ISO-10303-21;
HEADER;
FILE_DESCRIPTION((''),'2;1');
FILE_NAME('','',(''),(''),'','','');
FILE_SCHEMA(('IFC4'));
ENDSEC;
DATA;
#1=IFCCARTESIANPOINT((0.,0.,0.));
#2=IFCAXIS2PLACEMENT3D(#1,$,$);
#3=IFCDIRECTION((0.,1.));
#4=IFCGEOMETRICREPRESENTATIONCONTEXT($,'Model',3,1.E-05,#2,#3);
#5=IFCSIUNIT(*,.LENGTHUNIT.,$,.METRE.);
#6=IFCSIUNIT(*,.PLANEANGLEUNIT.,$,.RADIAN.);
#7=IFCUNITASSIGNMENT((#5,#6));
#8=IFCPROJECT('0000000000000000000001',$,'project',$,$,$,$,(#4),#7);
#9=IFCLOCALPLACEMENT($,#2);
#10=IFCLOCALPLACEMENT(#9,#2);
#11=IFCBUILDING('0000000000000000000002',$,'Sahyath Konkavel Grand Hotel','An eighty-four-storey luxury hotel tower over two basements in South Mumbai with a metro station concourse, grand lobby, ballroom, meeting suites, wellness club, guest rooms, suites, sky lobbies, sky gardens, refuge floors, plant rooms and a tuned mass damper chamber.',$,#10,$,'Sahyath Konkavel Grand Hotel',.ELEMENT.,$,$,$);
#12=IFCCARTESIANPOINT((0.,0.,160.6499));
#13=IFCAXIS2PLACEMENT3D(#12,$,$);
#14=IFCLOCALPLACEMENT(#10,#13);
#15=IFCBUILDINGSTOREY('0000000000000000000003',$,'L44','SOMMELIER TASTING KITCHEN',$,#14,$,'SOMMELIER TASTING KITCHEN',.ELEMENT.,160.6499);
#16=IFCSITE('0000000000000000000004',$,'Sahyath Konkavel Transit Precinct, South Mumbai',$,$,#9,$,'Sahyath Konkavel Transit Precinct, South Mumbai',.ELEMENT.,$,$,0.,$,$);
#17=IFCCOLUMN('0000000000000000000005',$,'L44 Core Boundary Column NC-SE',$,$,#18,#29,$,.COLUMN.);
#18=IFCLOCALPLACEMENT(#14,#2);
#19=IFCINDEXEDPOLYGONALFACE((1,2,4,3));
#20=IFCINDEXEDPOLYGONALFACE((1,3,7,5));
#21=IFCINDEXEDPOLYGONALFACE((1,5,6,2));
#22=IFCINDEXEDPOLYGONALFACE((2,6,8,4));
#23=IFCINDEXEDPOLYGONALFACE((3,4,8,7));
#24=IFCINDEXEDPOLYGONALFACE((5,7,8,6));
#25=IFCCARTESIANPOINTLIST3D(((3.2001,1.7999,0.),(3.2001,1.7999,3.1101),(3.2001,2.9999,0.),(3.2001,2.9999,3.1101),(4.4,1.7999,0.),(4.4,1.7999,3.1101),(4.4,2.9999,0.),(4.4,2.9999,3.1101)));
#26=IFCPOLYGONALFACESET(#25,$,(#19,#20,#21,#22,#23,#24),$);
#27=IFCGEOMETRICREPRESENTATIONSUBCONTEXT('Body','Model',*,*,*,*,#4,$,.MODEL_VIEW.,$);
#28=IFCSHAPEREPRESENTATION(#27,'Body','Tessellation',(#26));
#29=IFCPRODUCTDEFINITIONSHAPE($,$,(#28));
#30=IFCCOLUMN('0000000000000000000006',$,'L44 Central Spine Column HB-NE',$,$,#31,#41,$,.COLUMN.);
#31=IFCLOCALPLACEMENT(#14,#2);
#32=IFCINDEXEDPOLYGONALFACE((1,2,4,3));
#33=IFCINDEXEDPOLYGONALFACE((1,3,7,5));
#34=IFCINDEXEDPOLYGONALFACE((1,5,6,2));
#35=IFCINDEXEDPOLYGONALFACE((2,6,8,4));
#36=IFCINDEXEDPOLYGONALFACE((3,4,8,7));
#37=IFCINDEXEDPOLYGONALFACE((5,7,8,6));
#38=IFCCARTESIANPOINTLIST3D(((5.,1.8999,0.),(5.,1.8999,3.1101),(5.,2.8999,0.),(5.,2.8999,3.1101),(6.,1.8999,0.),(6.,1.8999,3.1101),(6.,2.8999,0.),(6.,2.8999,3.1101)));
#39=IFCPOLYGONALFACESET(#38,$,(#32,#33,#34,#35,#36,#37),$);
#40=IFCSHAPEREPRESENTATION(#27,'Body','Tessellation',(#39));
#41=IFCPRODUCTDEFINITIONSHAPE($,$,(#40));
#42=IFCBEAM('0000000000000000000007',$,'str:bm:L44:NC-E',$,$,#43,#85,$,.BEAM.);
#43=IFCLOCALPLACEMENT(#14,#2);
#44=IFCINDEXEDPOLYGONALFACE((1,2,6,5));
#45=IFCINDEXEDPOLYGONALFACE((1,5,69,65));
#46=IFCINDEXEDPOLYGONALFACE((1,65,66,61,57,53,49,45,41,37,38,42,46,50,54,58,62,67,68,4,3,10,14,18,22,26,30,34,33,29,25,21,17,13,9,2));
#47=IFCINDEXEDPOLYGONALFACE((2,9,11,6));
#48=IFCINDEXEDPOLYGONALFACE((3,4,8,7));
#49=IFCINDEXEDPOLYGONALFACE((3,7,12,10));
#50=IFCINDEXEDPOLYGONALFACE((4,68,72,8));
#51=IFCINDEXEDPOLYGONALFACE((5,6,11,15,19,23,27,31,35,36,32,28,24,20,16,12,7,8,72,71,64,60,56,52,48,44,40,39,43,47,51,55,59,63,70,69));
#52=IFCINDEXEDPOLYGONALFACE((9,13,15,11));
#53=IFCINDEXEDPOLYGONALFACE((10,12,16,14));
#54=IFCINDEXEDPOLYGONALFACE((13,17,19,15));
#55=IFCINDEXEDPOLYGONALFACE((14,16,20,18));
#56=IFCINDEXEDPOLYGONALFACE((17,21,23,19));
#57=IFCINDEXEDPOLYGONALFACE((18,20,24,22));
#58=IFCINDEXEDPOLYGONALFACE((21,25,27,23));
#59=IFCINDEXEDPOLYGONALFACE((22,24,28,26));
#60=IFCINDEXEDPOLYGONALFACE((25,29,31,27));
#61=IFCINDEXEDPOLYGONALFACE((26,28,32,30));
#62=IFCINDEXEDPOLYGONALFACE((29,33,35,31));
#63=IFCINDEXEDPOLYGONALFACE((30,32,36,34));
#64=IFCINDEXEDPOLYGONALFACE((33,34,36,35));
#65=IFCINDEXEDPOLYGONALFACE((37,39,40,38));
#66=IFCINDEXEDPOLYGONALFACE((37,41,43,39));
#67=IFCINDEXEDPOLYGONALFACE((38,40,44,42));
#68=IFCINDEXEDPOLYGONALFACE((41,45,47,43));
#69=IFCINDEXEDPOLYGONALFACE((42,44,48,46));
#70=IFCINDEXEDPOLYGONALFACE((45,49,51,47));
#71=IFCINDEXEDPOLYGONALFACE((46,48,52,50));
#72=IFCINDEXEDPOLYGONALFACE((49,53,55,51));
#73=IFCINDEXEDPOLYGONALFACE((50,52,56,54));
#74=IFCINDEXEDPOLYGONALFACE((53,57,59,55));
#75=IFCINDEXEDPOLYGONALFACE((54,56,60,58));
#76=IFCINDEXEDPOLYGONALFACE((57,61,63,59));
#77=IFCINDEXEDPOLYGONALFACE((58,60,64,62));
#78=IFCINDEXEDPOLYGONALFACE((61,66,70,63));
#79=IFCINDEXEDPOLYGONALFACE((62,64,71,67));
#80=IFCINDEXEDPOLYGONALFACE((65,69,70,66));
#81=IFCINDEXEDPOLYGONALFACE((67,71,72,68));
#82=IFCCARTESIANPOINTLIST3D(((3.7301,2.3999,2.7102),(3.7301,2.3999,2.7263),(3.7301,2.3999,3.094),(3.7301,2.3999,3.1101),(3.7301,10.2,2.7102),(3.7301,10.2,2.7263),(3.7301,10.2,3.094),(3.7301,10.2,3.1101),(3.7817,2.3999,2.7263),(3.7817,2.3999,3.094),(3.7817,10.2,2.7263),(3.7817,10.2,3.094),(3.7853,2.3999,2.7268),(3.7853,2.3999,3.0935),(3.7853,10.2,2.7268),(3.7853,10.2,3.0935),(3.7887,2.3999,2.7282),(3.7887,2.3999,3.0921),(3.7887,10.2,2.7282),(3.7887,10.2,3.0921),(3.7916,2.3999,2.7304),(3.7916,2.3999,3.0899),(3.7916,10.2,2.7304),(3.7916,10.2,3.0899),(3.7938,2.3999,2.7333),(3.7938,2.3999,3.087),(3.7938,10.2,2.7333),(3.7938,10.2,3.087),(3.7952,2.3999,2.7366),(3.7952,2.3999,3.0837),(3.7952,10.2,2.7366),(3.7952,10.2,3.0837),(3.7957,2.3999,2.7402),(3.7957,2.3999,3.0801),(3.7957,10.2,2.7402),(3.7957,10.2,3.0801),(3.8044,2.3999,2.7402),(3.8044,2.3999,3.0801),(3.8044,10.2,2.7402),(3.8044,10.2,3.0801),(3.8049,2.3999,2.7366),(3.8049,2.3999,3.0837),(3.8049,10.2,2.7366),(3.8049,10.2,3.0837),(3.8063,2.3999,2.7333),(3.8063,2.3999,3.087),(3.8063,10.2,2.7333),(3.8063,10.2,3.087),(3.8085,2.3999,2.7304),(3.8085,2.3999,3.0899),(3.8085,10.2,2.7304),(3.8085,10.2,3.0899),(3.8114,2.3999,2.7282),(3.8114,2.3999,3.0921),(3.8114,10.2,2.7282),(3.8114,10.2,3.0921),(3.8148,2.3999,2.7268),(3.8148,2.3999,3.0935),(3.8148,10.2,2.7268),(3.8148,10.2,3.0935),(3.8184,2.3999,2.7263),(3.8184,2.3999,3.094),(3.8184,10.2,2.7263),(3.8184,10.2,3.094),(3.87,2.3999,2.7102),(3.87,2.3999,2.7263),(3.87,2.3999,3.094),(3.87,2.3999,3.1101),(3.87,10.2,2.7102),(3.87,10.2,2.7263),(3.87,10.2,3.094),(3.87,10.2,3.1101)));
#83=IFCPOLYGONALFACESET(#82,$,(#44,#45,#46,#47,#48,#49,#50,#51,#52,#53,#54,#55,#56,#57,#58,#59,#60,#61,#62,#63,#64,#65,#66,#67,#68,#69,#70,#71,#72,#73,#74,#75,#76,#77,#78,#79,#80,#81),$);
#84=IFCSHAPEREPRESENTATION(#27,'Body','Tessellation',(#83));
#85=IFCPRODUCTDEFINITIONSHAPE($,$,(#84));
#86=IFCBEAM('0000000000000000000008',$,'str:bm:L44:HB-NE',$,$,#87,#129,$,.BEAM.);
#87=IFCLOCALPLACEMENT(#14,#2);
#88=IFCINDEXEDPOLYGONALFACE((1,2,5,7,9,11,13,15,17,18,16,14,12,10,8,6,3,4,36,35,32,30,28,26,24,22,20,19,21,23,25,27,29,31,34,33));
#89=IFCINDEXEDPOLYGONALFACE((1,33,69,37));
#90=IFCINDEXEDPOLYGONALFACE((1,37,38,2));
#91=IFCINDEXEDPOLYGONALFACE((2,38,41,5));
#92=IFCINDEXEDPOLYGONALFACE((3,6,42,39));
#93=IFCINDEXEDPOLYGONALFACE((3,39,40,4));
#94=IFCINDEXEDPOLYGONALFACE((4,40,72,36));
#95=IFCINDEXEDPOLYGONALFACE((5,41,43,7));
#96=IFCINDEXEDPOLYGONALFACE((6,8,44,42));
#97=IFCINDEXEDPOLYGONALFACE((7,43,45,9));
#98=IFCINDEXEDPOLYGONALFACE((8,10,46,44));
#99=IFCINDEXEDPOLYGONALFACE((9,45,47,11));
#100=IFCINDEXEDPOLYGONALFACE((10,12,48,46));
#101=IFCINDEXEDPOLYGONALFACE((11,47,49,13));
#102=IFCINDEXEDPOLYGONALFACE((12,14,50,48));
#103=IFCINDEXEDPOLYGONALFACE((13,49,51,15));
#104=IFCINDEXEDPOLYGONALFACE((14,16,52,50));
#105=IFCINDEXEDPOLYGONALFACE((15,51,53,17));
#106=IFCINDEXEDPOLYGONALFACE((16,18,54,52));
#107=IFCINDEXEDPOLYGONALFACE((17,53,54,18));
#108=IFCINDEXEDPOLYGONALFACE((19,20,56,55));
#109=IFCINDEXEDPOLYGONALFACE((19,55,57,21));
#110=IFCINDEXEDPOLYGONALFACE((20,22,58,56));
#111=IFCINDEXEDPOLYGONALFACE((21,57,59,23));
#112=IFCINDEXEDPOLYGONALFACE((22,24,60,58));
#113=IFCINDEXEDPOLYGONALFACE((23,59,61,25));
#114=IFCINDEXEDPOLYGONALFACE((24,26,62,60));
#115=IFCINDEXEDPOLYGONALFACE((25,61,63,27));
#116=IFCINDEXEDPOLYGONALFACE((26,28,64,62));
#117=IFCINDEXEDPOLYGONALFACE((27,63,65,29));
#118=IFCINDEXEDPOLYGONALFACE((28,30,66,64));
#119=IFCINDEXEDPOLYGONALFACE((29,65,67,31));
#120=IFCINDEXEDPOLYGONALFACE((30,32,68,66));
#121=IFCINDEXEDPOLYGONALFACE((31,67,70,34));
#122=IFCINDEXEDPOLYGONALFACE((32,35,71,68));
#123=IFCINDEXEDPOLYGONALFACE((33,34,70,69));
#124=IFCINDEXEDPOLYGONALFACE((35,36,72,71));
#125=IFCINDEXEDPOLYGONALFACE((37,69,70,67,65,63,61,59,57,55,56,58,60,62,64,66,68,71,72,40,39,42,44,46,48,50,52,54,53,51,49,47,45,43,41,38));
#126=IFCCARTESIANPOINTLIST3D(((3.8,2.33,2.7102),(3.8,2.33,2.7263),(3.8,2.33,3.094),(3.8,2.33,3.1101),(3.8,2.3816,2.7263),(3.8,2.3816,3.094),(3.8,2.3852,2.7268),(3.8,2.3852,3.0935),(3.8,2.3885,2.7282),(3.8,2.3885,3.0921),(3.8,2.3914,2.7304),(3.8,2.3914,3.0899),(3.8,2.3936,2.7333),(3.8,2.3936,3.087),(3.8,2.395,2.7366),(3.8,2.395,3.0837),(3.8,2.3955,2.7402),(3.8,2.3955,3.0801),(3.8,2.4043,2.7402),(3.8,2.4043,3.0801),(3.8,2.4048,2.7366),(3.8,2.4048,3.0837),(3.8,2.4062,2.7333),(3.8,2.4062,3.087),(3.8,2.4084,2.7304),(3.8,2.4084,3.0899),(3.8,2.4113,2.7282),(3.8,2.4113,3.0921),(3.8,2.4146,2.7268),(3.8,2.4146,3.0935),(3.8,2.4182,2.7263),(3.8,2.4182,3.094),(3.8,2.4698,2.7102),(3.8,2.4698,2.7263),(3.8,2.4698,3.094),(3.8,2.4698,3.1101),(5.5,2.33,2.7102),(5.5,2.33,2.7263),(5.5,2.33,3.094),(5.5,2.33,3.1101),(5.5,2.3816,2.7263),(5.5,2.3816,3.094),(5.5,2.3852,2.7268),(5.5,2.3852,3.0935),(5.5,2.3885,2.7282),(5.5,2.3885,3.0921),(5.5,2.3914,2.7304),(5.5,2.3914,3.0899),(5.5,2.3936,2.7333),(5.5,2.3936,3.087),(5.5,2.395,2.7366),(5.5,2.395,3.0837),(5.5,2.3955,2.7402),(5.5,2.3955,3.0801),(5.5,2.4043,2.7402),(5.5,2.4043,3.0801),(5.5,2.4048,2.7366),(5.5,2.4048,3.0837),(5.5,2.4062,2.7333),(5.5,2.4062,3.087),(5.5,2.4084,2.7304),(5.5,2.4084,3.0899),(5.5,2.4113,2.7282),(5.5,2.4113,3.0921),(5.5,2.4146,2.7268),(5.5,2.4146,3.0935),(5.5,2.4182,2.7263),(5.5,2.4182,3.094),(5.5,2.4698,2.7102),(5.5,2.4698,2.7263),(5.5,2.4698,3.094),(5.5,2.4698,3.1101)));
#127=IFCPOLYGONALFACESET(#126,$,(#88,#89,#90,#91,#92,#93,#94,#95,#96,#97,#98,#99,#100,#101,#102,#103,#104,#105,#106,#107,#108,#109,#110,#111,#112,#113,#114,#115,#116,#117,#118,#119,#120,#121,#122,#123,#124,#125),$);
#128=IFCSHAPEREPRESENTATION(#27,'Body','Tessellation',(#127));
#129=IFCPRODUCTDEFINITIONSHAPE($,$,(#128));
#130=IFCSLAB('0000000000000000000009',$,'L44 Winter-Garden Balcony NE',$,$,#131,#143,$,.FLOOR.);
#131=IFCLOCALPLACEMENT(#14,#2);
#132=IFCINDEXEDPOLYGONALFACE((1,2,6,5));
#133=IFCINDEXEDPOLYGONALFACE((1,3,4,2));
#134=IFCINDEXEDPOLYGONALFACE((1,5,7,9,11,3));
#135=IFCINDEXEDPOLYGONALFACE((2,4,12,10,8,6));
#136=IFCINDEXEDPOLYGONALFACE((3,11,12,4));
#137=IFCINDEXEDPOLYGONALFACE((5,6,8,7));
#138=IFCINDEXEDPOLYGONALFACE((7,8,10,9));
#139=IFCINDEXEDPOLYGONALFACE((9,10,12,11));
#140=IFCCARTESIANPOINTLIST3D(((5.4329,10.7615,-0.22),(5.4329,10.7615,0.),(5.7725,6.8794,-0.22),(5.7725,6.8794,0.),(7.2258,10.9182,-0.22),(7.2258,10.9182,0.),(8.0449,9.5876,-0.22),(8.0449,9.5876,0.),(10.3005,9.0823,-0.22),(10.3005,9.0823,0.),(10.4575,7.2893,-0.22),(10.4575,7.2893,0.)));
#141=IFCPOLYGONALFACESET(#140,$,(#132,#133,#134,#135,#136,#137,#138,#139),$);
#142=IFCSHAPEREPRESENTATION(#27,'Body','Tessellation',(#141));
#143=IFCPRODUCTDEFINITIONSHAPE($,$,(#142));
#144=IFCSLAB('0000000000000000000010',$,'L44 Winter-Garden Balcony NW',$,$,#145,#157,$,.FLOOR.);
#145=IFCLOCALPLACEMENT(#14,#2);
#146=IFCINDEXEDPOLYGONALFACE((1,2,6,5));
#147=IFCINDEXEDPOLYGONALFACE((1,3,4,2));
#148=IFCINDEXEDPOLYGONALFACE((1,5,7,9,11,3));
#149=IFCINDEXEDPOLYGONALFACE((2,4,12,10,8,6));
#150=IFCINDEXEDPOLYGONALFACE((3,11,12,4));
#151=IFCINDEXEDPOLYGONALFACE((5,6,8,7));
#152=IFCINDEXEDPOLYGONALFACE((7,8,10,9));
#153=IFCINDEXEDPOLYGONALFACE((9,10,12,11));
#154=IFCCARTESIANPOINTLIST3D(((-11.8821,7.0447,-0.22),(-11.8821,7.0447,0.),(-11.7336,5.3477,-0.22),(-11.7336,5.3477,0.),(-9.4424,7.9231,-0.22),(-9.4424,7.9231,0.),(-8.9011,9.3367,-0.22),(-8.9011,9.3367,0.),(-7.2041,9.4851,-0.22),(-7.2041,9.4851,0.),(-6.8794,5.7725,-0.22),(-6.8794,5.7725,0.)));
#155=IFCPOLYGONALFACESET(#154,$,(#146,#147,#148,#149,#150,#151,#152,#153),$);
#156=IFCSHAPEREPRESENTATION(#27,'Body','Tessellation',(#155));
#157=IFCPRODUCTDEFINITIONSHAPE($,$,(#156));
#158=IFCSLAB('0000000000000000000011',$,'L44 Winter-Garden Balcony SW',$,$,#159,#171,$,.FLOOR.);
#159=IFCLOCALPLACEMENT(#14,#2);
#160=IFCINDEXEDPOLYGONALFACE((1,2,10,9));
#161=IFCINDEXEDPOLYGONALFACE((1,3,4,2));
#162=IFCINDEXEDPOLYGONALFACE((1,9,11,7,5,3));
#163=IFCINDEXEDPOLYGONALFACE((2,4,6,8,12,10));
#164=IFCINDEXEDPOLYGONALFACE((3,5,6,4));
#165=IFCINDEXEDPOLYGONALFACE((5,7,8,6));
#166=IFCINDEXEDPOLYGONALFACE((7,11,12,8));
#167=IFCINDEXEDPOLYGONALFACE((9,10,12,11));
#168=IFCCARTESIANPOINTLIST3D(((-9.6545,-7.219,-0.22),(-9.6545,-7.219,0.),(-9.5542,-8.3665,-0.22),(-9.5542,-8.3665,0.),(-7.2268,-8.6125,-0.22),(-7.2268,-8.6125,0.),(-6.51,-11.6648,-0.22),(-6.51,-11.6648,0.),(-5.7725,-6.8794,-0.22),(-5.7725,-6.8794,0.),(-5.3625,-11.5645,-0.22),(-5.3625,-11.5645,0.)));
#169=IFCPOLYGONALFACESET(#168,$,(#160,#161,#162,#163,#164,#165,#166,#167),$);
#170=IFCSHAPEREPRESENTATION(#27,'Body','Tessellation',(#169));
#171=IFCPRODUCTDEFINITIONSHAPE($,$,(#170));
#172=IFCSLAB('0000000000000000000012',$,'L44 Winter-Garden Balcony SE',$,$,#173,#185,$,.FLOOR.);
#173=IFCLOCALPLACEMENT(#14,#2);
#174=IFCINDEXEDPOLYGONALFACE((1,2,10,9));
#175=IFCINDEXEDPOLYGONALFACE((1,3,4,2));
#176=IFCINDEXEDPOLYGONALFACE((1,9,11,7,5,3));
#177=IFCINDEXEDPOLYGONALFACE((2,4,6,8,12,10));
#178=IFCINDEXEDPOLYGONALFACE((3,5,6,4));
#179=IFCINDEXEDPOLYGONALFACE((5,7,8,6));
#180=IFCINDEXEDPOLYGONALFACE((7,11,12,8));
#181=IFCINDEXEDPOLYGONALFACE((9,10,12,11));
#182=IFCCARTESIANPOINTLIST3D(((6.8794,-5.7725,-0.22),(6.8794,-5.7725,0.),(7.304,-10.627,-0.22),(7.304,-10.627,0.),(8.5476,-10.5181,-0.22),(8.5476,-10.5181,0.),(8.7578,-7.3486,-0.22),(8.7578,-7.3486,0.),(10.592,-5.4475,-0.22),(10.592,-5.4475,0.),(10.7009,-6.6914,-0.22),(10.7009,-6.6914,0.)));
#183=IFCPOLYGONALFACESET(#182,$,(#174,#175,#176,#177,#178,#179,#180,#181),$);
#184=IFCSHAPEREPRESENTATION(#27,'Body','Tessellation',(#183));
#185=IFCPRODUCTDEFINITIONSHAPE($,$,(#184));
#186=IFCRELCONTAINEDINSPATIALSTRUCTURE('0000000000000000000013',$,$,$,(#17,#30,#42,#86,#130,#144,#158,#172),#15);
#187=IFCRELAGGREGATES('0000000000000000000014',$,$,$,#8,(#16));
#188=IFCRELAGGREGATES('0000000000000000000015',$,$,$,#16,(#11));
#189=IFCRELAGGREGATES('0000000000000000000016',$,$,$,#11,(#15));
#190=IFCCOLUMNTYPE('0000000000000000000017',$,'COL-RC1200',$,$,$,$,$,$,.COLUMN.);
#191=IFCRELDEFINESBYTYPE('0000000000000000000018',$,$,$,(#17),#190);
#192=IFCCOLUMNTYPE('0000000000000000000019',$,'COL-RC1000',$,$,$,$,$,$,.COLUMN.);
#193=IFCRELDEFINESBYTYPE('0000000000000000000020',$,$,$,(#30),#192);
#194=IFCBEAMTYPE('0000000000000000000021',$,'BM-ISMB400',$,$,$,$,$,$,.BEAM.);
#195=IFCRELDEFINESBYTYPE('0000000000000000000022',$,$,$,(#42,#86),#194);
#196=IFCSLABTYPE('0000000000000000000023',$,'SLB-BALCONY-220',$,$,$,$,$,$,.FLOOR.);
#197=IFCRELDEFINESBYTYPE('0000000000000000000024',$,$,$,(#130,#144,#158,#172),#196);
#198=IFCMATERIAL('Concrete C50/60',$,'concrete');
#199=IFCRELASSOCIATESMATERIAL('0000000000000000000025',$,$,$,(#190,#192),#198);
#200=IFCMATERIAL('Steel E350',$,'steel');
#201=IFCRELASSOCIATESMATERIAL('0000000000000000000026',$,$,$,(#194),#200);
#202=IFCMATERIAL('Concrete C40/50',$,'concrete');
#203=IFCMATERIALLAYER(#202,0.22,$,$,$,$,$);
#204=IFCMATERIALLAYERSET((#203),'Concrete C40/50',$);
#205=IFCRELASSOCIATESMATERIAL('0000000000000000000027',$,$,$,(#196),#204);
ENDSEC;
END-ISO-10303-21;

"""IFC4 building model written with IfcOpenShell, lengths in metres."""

from ifc_helpers import new_model, si_unit, direction, frame, origin, origin_2d, place, context, subcontext, project, spatial, polyline, rectangle, i_section, outline, extrude, source, transform, mapped, material, layer, layer_set, material_profile, profile_set, type_object, element, save


model = new_model("IFC4")

# Units and contexts
model_context = context("Model", 3, precision=1e-05, world=origin(), true_north=direction((0.0, 1.0)))
body_context = subcontext(model_context, "Body", "Model", "MODEL_VIEW")
ifc_project = project(units=[si_unit("LENGTHUNIT", "METRE"), si_unit("PLANEANGLEUNIT", "RADIAN")], contexts=[model_context])

# Site, building, storey
site_placement = place(None, origin())
site = spatial("IfcSite", under=ifc_project, at=site_placement, Name="Sahyath Konkavel Transit Precinct, South Mumbai", LongName="Sahyath Konkavel Transit Precinct, South Mumbai", CompositionType="ELEMENT", RefElevation=0.0)
building_placement = place(site_placement, origin())
building = spatial("IfcBuilding", under=site, at=building_placement, Name="Sahyath Konkavel Grand Hotel", Description="An eighty-four-storey luxury hotel tower over two basements in South Mumbai with a metro station concourse, grand lobby, ballroom, meeting suites, wellness club, guest rooms, suites, sky lobbies, sky gardens, refuge floors, plant rooms and a tuned mass damper chamber.", LongName="Sahyath Konkavel Grand Hotel", CompositionType="ELEMENT")
storey_placement = place(building_placement, frame((0.0, 0.0, 160.6499)))
storey = spatial("IfcBuildingStorey", under=building, at=storey_placement, Name="L44", Description="SOMMELIER TASTING KITCHEN", LongName="SOMMELIER TASTING KITCHEN", CompositionType="ELEMENT", Elevation=160.6499)

# Columns
ifc_material_1 = material(Name="Concrete C50/60", Category="concrete")
ifc_material_profile_1 = material_profile(ifc_material_1, rectangle(XDim=1.2, YDim=1.2, at=origin_2d()), Name="RC 1200x1200")
ifc_profile_set_1 = profile_set([ifc_material_profile_1], Name="Concrete C50/60")
column_type_1 = type_object("IfcColumnType", Name="COL-RC1200", PredefinedType="COLUMN", material=ifc_profile_set_1)
shared_shape_1 = source(origin(), body_context, "Body", "SweptSolid", [
    extrude(rectangle(XDim=1.2, YDim=1.2, at=origin_2d()), origin(), (0.0, 0.0, 1.0), 3.1101),
])
column_1_placement = place(storey_placement, frame((3.8, 2.3999, 0.0), z_axis=(0.0, 0.0, 1.0), x_axis=(1.0, 0.0, 0.0)))
element("IfcColumn", 1, at=column_1_placement, inside=storey, type_object=column_type_1, Name="L44 Core Boundary Column NC-SE", PredefinedType="COLUMN", context=body_context, shape_type="MappedRepresentation", body=[
    mapped(shared_shape_1, transform((0.0, 0.0, 0.0), scale=1.0)),
])
ifc_material_profile_2 = material_profile(ifc_material_1, rectangle(XDim=1.0, YDim=1.0, at=origin_2d()), Name="RC 1000x1000")
ifc_profile_set_2 = profile_set([ifc_material_profile_2], Name="Concrete C50/60")
column_type_2 = type_object("IfcColumnType", Name="COL-RC1000", PredefinedType="COLUMN", material=ifc_profile_set_2)
shared_shape_2 = source(origin(), body_context, "Body", "SweptSolid", [
    extrude(rectangle(XDim=1.0, YDim=1.0, at=origin_2d()), origin(), (0.0, 0.0, 1.0), 3.1101),
])
column_2_placement = place(storey_placement, frame((5.5, 2.3999, 0.0), z_axis=(0.0, 0.0, 1.0), x_axis=(1.0, 0.0, 0.0)))
element("IfcColumn", 2, at=column_2_placement, inside=storey, type_object=column_type_2, Name="L44 Central Spine Column HB-NE", PredefinedType="COLUMN", context=body_context, shape_type="MappedRepresentation", body=[
    mapped(shared_shape_2, transform((0.0, 0.0, 0.0), scale=1.0)),
])

# Beams
ifc_material_2 = material(Name="Steel E350", Category="steel")
ifc_material_profile_3 = material_profile(ifc_material_2, i_section(OverallWidth=0.1399, OverallDepth=0.3999, WebThickness=0.0088, FlangeThickness=0.0161, FilletRadius=0.0139, at=origin_2d()), Name="ISMB 400")
ifc_profile_set_3 = profile_set([ifc_material_profile_3], Name="Steel E350")
beam_type = type_object("IfcBeamType", Name="BM-ISMB400", PredefinedType="BEAM", material=ifc_profile_set_3)
shared_shape_3 = source(origin(), body_context, "Body", "SweptSolid", [
    extrude(i_section(OverallWidth=0.1399, OverallDepth=0.3999, WebThickness=0.0088, FlangeThickness=0.0161, FilletRadius=0.0139, at=origin_2d()), origin(), (0.0, 0.0, 1.0), 7.8),
])
beam_1_placement = place(storey_placement, frame((3.8, 2.3999, 2.9102), z_axis=(0.0, 1.0, 0.0), x_axis=(-1.0, 0.0, 0.0)))
element("IfcBeam", 3, at=beam_1_placement, inside=storey, type_object=beam_type, Name="str:bm:L44:NC-E", PredefinedType="BEAM", context=body_context, shape_type="MappedRepresentation", body=[
    mapped(shared_shape_3, transform((0.0, 0.0, 0.0), scale=1.0)),
])
shared_shape_4 = source(origin(), body_context, "Body", "SweptSolid", [
    extrude(i_section(OverallWidth=0.1399, OverallDepth=0.3999, WebThickness=0.0088, FlangeThickness=0.0161, FilletRadius=0.0139, at=origin_2d()), origin(), (0.0, 0.0, 1.0), 1.7),
])
beam_2_placement = place(storey_placement, frame((3.8, 2.3999, 2.9102), z_axis=(1.0, 0.0, 0.0), x_axis=(0.0, 1.0, 0.0)))
element("IfcBeam", 4, at=beam_2_placement, inside=storey, type_object=beam_type, Name="str:bm:L44:HB-NE", PredefinedType="BEAM", context=body_context, shape_type="MappedRepresentation", body=[
    mapped(shared_shape_4, transform((0.0, 0.0, 0.0), scale=1.0)),
])

# Slabs
ifc_material_3 = material(Name="Concrete C40/50", Category="concrete")
ifc_layer_1 = layer(ifc_material_3, 0.22)
ifc_layer_set_1 = layer_set([ifc_layer_1], Name="Concrete C40/50")
slab_type_1 = type_object("IfcSlabType", Name="SLB-BALCONY-220", PredefinedType="FLOOR", material=ifc_layer_set_1)
slab_1_placement = place(storey_placement, frame((0.0, 0.0, -0.22)))
element("IfcSlab", 5, at=slab_1_placement, inside=storey, type_object=slab_type_1, Name="L44 Winter-Garden Balcony NE", PredefinedType="FLOOR", context=body_context, shape_type="SweptSolid", body=[
    extrude(outline(polyline([(5.7725, 6.8794), (10.4575, 7.2893), (10.3005, 9.0823), (8.0449, 9.5876), (7.2258, 10.9182), (5.4329, 10.7615), (5.7725, 6.8794)])), origin(), (0.0, 0.0, 1.0), 0.22),
])
slab_2_placement = place(storey_placement, frame((0.0, 0.0, -0.22)))
element("IfcSlab", 6, at=slab_2_placement, inside=storey, type_object=slab_type_1, Name="L44 Winter-Garden Balcony NW", PredefinedType="FLOOR", context=body_context, shape_type="SweptSolid", body=[
    extrude(outline(polyline([(-6.8794, 5.7725), (-7.2041, 9.4851), (-8.9011, 9.3367), (-9.4424, 7.9231), (-11.8821, 7.0447), (-11.7336, 5.3477), (-6.8794, 5.7725)])), origin(), (0.0, 0.0, 1.0), 0.22),
])
slab_3_placement = place(storey_placement, frame((0.0, 0.0, -0.22)))
element("IfcSlab", 7, at=slab_3_placement, inside=storey, type_object=slab_type_1, Name="L44 Winter-Garden Balcony SW", PredefinedType="FLOOR", context=body_context, shape_type="SweptSolid", body=[
    extrude(outline(polyline([(-5.7725, -6.8794), (-9.6545, -7.219), (-9.5542, -8.3665), (-7.2268, -8.6125), (-6.51, -11.6648), (-5.3625, -11.5645), (-5.7725, -6.8794)])), origin(), (0.0, 0.0, 1.0), 0.22),
])
slab_4_placement = place(storey_placement, frame((0.0, 0.0, -0.22)))
element("IfcSlab", 8, at=slab_4_placement, inside=storey, type_object=slab_type_1, Name="L44 Winter-Garden Balcony SE", PredefinedType="FLOOR", context=body_context, shape_type="SweptSolid", body=[
    extrude(outline(polyline([(6.8794, -5.7725), (7.304, -10.627), (8.5476, -10.5181), (8.7578, -7.3486), (10.7009, -6.6914), (10.592, -5.4475), (6.8794, -5.7725)])), origin(), (0.0, 0.0, 1.0), 0.22),
])

save(model, "model.ifc")
